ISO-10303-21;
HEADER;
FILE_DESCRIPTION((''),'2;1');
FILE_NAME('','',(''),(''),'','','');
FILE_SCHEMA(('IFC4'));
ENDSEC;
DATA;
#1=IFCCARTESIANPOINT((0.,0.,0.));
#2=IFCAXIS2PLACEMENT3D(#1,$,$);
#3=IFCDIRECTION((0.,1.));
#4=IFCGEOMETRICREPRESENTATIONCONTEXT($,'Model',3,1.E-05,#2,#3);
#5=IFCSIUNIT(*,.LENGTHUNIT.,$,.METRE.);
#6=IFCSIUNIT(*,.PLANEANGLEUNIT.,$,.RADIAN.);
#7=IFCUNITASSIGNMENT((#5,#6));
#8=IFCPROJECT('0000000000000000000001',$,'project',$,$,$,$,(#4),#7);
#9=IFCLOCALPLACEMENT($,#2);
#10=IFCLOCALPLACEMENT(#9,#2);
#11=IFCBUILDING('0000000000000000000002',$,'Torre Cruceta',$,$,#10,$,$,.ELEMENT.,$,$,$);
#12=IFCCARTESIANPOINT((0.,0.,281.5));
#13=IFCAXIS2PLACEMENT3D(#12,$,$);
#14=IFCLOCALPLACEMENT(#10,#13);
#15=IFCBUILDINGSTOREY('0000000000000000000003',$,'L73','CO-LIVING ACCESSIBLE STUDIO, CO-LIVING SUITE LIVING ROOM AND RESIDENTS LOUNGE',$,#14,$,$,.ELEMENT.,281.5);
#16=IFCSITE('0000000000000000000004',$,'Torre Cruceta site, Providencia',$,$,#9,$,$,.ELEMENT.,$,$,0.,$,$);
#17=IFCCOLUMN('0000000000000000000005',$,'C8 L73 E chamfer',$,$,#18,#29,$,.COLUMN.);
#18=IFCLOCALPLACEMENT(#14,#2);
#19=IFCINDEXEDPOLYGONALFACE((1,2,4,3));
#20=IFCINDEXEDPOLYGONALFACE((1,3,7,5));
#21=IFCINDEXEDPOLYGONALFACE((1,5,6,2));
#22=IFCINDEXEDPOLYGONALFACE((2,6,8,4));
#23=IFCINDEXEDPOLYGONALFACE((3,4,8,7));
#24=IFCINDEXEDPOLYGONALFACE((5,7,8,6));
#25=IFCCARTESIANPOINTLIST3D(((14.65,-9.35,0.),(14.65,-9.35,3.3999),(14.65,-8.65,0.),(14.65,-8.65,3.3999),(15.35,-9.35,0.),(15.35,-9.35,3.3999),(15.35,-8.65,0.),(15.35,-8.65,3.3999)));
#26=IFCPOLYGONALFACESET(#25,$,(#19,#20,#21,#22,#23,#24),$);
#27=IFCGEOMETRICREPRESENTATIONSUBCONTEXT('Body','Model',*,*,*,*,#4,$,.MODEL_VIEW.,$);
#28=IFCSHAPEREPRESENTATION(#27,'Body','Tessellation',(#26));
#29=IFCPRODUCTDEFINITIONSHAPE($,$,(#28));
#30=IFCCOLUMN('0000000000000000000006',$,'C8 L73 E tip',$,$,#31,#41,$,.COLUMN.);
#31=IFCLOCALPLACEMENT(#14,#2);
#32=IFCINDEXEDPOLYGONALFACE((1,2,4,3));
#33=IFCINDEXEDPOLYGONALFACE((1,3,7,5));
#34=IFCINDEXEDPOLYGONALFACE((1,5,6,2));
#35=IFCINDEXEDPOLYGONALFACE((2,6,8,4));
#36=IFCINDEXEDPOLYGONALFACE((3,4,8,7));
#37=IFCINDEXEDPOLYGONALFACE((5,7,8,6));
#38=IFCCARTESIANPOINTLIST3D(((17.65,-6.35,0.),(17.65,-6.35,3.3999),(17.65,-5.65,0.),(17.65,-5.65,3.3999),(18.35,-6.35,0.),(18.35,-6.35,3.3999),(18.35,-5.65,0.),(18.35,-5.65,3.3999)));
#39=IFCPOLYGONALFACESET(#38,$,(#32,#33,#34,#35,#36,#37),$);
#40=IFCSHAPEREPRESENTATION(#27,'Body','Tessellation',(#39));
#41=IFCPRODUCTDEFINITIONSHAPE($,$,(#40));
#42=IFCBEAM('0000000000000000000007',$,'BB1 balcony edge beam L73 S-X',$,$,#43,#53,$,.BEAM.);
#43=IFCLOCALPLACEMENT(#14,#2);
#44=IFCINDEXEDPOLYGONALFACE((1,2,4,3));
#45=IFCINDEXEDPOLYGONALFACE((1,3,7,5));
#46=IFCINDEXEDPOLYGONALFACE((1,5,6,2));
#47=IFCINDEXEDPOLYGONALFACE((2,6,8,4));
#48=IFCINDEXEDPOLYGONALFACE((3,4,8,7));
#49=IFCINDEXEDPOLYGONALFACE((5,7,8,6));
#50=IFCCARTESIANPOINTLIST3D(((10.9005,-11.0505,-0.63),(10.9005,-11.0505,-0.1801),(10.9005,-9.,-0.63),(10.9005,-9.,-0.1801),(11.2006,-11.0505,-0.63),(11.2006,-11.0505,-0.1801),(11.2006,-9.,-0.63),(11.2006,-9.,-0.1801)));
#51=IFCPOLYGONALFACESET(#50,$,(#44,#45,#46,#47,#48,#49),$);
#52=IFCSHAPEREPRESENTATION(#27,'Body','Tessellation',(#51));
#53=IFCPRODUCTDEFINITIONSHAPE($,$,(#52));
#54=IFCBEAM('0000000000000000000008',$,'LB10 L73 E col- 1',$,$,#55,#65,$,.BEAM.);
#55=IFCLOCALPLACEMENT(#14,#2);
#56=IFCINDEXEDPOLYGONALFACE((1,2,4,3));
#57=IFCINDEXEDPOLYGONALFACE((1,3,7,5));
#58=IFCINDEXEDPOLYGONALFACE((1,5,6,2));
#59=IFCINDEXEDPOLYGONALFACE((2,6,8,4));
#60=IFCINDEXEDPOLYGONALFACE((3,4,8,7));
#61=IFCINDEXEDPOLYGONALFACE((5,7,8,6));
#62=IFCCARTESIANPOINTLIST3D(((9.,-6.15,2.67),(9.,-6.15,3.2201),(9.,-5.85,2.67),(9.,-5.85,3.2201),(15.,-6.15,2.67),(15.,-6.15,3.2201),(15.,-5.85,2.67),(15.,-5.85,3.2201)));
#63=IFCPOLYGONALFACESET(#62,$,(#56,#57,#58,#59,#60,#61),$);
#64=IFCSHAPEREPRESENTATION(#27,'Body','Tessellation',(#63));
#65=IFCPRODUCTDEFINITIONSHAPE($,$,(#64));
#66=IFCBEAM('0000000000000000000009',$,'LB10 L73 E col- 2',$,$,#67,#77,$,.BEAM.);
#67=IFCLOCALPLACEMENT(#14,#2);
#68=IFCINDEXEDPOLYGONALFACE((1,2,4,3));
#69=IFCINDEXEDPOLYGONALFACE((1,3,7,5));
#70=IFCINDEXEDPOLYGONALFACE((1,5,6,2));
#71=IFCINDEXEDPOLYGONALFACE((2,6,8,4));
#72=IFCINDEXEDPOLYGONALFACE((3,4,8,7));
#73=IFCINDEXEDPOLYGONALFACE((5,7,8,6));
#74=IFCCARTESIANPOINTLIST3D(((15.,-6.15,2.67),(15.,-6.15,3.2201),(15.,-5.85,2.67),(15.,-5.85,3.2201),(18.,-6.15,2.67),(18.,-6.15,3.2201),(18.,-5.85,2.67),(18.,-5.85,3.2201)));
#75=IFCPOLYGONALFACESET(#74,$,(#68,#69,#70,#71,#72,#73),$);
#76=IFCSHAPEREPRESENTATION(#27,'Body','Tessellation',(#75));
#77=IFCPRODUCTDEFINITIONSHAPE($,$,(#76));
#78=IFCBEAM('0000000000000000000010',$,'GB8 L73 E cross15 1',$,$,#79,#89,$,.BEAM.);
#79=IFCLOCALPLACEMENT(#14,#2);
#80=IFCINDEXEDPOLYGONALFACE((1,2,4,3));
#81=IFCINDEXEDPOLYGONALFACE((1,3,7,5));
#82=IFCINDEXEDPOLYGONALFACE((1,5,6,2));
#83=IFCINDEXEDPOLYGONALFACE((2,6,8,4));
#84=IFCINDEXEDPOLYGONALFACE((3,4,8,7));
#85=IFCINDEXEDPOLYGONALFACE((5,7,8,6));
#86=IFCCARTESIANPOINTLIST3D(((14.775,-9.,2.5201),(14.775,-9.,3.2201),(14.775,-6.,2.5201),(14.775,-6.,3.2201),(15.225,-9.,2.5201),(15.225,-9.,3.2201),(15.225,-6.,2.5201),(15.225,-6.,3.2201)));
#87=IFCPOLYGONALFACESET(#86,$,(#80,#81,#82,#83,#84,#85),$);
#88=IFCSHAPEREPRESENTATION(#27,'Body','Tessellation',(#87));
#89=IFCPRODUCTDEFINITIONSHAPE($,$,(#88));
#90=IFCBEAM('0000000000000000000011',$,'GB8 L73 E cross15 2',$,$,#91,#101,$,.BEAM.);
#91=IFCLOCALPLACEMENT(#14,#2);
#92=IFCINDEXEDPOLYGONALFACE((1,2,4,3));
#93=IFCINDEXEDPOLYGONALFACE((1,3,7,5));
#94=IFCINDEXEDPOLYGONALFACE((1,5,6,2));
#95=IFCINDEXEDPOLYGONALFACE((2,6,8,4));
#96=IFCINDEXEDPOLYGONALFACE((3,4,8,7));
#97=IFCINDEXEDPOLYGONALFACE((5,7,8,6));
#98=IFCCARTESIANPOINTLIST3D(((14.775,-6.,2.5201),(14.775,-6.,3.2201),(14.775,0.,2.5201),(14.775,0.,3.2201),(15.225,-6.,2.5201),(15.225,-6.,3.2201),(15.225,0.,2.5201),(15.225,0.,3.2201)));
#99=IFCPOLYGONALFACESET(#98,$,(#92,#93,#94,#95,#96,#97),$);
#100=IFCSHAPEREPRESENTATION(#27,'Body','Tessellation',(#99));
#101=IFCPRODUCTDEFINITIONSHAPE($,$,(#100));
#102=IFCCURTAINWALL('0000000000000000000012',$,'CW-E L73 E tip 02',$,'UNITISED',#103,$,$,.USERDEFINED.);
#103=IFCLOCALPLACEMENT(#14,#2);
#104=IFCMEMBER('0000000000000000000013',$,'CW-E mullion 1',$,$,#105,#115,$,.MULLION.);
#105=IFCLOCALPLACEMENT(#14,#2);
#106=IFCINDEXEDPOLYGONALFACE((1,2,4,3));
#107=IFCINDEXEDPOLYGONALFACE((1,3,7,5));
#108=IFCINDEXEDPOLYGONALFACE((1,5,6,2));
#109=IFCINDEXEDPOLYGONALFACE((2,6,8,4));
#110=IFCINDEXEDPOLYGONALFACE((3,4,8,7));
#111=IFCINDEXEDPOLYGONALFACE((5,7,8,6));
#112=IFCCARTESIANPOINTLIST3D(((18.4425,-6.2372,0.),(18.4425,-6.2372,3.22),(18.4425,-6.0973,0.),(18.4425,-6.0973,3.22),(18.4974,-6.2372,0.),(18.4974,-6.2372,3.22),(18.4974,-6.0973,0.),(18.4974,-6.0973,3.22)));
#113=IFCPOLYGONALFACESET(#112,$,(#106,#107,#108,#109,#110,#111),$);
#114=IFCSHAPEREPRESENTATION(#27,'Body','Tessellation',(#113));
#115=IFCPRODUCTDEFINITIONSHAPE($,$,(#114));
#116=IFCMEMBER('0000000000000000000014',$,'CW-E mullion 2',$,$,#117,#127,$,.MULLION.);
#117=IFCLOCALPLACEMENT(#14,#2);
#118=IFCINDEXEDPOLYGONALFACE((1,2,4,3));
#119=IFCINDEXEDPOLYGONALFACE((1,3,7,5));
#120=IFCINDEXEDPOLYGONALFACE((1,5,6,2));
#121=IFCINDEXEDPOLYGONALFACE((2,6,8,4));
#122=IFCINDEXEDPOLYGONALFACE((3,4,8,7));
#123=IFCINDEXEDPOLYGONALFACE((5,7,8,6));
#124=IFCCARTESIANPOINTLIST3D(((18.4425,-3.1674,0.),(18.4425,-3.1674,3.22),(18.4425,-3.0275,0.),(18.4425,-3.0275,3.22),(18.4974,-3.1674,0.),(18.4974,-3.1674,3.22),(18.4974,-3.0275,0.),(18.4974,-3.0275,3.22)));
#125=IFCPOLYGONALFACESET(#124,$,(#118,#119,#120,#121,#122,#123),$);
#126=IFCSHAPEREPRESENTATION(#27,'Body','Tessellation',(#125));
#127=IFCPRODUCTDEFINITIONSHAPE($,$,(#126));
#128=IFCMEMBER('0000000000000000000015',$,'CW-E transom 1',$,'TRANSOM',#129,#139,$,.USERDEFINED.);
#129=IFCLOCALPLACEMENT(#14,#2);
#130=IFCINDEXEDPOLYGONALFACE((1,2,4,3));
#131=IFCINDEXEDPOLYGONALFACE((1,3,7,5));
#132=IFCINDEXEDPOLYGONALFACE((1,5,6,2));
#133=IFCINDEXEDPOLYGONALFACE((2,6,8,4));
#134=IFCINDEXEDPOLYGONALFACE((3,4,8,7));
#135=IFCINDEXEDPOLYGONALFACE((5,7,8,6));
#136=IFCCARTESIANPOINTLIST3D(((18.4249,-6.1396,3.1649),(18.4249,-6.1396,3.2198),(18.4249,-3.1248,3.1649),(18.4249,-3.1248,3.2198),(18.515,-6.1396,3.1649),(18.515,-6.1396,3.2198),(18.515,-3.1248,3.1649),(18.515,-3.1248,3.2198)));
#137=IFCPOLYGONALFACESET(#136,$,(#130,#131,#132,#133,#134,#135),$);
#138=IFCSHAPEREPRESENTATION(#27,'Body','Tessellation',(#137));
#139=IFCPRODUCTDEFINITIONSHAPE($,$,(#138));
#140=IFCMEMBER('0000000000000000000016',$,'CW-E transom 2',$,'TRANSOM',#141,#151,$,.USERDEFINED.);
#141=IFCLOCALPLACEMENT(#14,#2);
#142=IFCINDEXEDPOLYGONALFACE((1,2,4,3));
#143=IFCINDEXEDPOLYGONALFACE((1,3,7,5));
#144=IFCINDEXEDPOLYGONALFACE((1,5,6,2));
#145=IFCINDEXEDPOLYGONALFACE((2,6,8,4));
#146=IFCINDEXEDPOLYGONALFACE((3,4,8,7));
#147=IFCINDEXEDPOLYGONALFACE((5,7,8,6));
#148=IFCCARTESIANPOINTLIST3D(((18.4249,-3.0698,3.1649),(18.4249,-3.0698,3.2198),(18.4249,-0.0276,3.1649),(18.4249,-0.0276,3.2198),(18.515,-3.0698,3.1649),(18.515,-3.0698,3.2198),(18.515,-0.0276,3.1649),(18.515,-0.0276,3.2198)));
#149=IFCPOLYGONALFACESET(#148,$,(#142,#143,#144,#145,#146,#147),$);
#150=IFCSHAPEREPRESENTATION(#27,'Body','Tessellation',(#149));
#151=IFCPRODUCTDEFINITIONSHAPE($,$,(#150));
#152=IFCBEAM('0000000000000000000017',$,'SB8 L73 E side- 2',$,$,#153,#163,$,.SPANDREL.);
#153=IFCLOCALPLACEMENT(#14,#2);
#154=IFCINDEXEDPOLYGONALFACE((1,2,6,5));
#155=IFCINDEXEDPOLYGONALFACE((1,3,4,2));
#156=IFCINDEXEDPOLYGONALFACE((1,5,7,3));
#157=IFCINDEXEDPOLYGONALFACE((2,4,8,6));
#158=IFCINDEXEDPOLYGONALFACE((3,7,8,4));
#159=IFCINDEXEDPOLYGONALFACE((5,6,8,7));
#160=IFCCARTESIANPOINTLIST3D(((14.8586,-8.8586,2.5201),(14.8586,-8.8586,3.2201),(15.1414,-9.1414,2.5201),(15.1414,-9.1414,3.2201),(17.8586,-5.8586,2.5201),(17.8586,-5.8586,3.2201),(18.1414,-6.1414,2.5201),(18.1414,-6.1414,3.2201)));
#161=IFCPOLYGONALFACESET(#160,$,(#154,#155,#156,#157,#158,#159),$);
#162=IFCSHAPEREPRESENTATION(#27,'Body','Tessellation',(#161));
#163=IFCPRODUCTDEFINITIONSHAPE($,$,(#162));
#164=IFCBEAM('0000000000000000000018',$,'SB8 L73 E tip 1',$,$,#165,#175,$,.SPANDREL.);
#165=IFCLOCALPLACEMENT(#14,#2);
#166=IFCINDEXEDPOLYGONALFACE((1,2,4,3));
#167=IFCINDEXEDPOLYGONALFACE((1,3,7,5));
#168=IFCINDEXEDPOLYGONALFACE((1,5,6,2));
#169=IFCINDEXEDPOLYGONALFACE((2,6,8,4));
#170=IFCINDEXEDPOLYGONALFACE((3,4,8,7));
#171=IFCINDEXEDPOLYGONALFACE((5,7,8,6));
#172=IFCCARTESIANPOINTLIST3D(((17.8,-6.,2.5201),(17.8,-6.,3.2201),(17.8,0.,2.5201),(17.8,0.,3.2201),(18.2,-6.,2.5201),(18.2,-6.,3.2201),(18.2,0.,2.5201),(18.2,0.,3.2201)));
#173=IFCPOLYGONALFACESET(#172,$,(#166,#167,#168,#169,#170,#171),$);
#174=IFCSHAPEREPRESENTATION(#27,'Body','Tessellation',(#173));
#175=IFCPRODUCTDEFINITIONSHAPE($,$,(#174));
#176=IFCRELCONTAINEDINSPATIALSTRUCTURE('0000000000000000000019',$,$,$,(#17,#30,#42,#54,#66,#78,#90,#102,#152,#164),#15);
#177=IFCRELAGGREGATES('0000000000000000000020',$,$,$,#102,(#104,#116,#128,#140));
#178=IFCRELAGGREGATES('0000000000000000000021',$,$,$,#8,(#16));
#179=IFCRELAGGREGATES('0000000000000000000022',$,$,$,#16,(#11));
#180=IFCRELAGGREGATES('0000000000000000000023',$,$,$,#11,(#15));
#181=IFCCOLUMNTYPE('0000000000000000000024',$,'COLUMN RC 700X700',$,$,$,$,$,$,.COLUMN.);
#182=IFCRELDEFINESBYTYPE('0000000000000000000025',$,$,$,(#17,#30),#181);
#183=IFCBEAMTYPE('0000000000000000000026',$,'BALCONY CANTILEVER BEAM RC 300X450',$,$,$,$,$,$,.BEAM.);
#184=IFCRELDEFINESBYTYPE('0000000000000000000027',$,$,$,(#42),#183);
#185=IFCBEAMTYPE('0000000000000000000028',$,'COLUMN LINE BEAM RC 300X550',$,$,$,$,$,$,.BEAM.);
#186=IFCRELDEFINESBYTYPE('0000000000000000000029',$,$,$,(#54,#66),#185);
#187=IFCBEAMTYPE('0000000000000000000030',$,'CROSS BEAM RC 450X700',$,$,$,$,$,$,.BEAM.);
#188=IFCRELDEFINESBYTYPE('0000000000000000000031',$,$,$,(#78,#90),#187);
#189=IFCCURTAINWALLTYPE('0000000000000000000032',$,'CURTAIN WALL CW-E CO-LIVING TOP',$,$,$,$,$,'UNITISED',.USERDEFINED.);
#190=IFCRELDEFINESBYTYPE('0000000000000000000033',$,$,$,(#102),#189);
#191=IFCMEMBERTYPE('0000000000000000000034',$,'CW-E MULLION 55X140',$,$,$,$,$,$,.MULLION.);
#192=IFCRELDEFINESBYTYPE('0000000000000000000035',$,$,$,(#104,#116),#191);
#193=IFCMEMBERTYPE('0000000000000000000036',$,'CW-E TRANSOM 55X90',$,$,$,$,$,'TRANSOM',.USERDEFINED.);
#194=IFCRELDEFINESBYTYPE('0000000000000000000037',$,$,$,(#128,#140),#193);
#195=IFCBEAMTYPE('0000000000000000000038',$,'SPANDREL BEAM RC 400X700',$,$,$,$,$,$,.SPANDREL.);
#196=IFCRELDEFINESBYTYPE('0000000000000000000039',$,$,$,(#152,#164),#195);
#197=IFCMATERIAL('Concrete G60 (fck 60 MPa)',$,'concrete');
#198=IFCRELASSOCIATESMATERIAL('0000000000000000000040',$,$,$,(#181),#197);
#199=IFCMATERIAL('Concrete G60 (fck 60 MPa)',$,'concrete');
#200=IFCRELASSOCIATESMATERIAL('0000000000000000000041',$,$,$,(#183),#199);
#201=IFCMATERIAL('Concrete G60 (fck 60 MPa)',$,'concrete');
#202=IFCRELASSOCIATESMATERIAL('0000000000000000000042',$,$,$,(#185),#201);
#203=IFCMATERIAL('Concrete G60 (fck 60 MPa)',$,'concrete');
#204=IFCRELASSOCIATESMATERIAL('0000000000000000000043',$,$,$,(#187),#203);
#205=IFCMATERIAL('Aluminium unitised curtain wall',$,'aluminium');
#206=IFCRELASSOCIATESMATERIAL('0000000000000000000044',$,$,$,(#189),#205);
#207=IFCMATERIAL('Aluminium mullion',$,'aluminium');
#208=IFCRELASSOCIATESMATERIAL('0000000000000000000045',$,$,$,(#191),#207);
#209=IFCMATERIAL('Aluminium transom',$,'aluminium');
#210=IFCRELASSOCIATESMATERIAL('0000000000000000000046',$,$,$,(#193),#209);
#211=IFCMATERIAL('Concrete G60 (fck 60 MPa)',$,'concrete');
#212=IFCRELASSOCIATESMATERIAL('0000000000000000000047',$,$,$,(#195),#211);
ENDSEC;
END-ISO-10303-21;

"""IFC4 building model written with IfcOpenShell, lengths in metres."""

from ifc_helpers import new_model, si_unit, direction, frame, origin, origin_2d, place, context, subcontext, project, spatial, rectangle, extrude, material, material_profile, profile_set, type_object, element, aggregate, save


model = new_model("IFC4")

# Units and contexts
model_context = context("Model", 3, precision=1e-05, world=origin(), true_north=direction((0.0, 1.0)))
body_context = subcontext(model_context, "Body", "Model", "MODEL_VIEW")
ifc_project = project(units=[si_unit("LENGTHUNIT", "METRE"), si_unit("PLANEANGLEUNIT", "RADIAN")], contexts=[model_context])

# Site, building, storey
site_placement = place(None, origin())
site = spatial("IfcSite", under=ifc_project, at=site_placement, Name="Torre Cruceta site, Providencia", CompositionType="ELEMENT", RefElevation=0.0)
building_placement = place(site_placement, origin())
building = spatial("IfcBuilding", under=site, at=building_placement, Name="Torre Cruceta", CompositionType="ELEMENT")
storey_placement = place(building_placement, frame((0.0, 0.0, 281.5)))
storey = spatial("IfcBuildingStorey", under=building, at=storey_placement, Name="L73", Description="CO-LIVING ACCESSIBLE STUDIO, CO-LIVING SUITE LIVING ROOM AND RESIDENTS LOUNGE", CompositionType="ELEMENT", Elevation=281.5)

# Columns
ifc_material_1 = material(Name="Concrete G60 (fck 60 MPa)", Category="concrete")
ifc_material_profile_1 = material_profile(ifc_material_1, rectangle(XDim=0.7, YDim=0.7, at=origin_2d()), Name="RC 700X700")
ifc_profile_set_1 = profile_set([ifc_material_profile_1], Name="Concrete G60 (fck 60 MPa)")
column_type = type_object("IfcColumnType", Name="COLUMN RC 700X700", PredefinedType="COLUMN", material=ifc_profile_set_1)
for number, where, z_axis, x_axis, name in (
    (1, (15.0, -9.0, 0.0), (0.0, 0.0, 1.0), (1.0, 0.0, 0.0), "C8 L73 E chamfer"),
    (2, (18.0, -6.0, 0.0), (0.0, 0.0, 1.0), (1.0, 0.0, 0.0), "C8 L73 E tip"),
):
    element("IfcColumn", number, at=place(storey_placement, frame(where, z_axis=z_axis, x_axis=x_axis)), inside=storey, type_object=column_type, Name=name, PredefinedType="COLUMN", context=body_context, shape_type="SweptSolid", body=[
        extrude(rectangle(XDim=0.7, YDim=0.7, at=origin_2d()), origin(), (0.0, 0.0, 1.0), 3.3999),
    ])

# Beams
ifc_material_2 = material(Name="Concrete G60 (fck 60 MPa)", Category="concrete")
ifc_material_profile_2 = material_profile(ifc_material_2, rectangle(XDim=0.3, YDim=0.45, at=origin_2d()), Name="RC 300X450")
ifc_profile_set_2 = profile_set([ifc_material_profile_2], Name="Concrete G60 (fck 60 MPa)")
beam_type_1 = type_object("IfcBeamType", Name="BALCONY CANTILEVER BEAM RC 300X450", PredefinedType="BEAM", material=ifc_profile_set_2)
beam_1_placement = place(storey_placement, frame((11.0505, -9.0, -0.405), z_axis=(0.0, -1.0, 0.0), x_axis=(1.0, 0.0, 0.0)))
element("IfcBeam", 3, at=beam_1_placement, inside=storey, type_object=beam_type_1, Name="BB1 balcony edge beam L73 S-X", PredefinedType="BEAM", context=body_context, shape_type="SweptSolid", body=[
    extrude(rectangle(XDim=0.3, YDim=0.45, at=origin_2d()), origin(), (0.0, 0.0, 1.0), 2.0505),
])
ifc_material_3 = material(Name="Concrete G60 (fck 60 MPa)", Category="concrete")
ifc_material_profile_3 = material_profile(ifc_material_3, rectangle(XDim=0.3, YDim=0.55, at=origin_2d()), Name="RC 300X550")
ifc_profile_set_3 = profile_set([ifc_material_profile_3], Name="Concrete G60 (fck 60 MPa)")
beam_type_2 = type_object("IfcBeamType", Name="COLUMN LINE BEAM RC 300X550", PredefinedType="BEAM", material=ifc_profile_set_3)
beam_2_placement = place(storey_placement, frame((9.0, -6.0, 2.9451), z_axis=(1.0, 0.0, 0.0), x_axis=(0.0, 1.0, 0.0)))
element("IfcBeam", 4, at=beam_2_placement, inside=storey, type_object=beam_type_2, Name="LB10 L73 E col- 1", PredefinedType="BEAM", context=body_context, shape_type="SweptSolid", body=[
    extrude(rectangle(XDim=0.3, YDim=0.55, at=origin_2d()), origin(), (0.0, 0.0, 1.0), 6.0),
])
beam_3_placement = place(storey_placement, frame((15.0, -6.0, 2.9451), z_axis=(1.0, 0.0, 0.0), x_axis=(0.0, 1.0, 0.0)))
element("IfcBeam", 5, at=beam_3_placement, inside=storey, type_object=beam_type_2, Name="LB10 L73 E col- 2", PredefinedType="BEAM", context=body_context, shape_type="SweptSolid", body=[
    extrude(rectangle(XDim=0.3, YDim=0.55, at=origin_2d()), origin(), (0.0, 0.0, 1.0), 3.0),
])
ifc_material_4 = material(Name="Concrete G60 (fck 60 MPa)", Category="concrete")
ifc_material_profile_4 = material_profile(ifc_material_4, rectangle(XDim=0.45, YDim=0.7, at=origin_2d()), Name="RC 450X700")
ifc_profile_set_4 = profile_set([ifc_material_profile_4], Name="Concrete G60 (fck 60 MPa)")
beam_type_3 = type_object("IfcBeamType", Name="CROSS BEAM RC 450X700", PredefinedType="BEAM", material=ifc_profile_set_4)
beam_4_placement = place(storey_placement, frame((15.0, -9.0, 2.8701), z_axis=(0.0, 1.0, 0.0), x_axis=(-1.0, 0.0, 0.0)))
element("IfcBeam", 6, at=beam_4_placement, inside=storey, type_object=beam_type_3, Name="GB8 L73 E cross15 1", PredefinedType="BEAM", context=body_context, shape_type="SweptSolid", body=[
    extrude(rectangle(XDim=0.45, YDim=0.7, at=origin_2d()), origin(), (0.0, 0.0, 1.0), 3.0),
])
beam_5_placement = place(storey_placement, frame((15.0, -6.0, 2.8701), z_axis=(0.0, 1.0, 0.0), x_axis=(-1.0, 0.0, 0.0)))
element("IfcBeam", 7, at=beam_5_placement, inside=storey, type_object=beam_type_3, Name="GB8 L73 E cross15 2", PredefinedType="BEAM", context=body_context, shape_type="SweptSolid", body=[
    extrude(rectangle(XDim=0.45, YDim=0.7, at=origin_2d()), origin(), (0.0, 0.0, 1.0), 6.0),
])

# Curtain wall, members
ifc_material_5 = material(Name="Aluminium unitised curtain wall", Category="aluminium")
curtain_wall_type = type_object("IfcCurtainWallType", Name="CURTAIN WALL CW-E CO-LIVING TOP", ElementType="UNITISED", PredefinedType="USERDEFINED", material=ifc_material_5)
curtain_wall_placement = place(storey_placement, origin())
curtain_wall = element("IfcCurtainWall", 8, at=curtain_wall_placement, inside=storey, type_object=curtain_wall_type, Name="CW-E L73 E tip 02", ObjectType="UNITISED", PredefinedType="USERDEFINED")
ifc_material_6 = material(Name="Aluminium mullion", Category="aluminium")
ifc_material_profile_5 = material_profile(ifc_material_6, rectangle(XDim=0.0549, YDim=0.1399, at=origin_2d()), Name="AL 55X140")
ifc_profile_set_5 = profile_set([ifc_material_profile_5], Name="Aluminium mullion")
member_type_1 = type_object("IfcMemberType", Name="CW-E MULLION 55X140", PredefinedType="MULLION", material=ifc_profile_set_5)
member_1_placement = place(storey_placement, frame((18.47, -6.1672, 0.0), z_axis=(0.0, 0.0, 1.0), x_axis=(-1.0, 0.0, 0.0)))
member_1 = element("IfcMember", 9, at=member_1_placement, type_object=member_type_1, Name="CW-E mullion 1", PredefinedType="MULLION", context=body_context, shape_type="SweptSolid", body=[
    extrude(rectangle(XDim=0.0549, YDim=0.1399, at=origin_2d()), origin(), (0.0, 0.0, 1.0), 3.22),
])
member_2_placement = place(storey_placement, frame((18.47, -3.0974, 0.0), z_axis=(0.0, 0.0, 1.0), x_axis=(-1.0, 0.0, 0.0)))
member_2 = element("IfcMember", 10, at=member_2_placement, type_object=member_type_1, Name="CW-E mullion 2", PredefinedType="MULLION", context=body_context, shape_type="SweptSolid", body=[
    extrude(rectangle(XDim=0.0549, YDim=0.1399, at=origin_2d()), origin(), (0.0, 0.0, 1.0), 3.22),
])
ifc_material_7 = material(Name="Aluminium transom", Category="aluminium")
ifc_material_profile_6 = material_profile(ifc_material_7, rectangle(XDim=0.0901, YDim=0.0549, at=origin_2d()), Name="AL 90X55")
ifc_profile_set_6 = profile_set([ifc_material_profile_6], Name="Aluminium transom")
member_type_2 = type_object("IfcMemberType", Name="CW-E TRANSOM 55X90", ElementType="TRANSOM", PredefinedType="USERDEFINED", material=ifc_profile_set_6)
member_3_placement = place(storey_placement, frame((18.47, -6.1396, 3.1924), z_axis=(0.0, 1.0, 0.0), x_axis=(-1.0, 0.0, 0.0)))
member_3 = element("IfcMember", 11, at=member_3_placement, type_object=member_type_2, Name="CW-E transom 1", ObjectType="TRANSOM", PredefinedType="USERDEFINED", context=body_context, shape_type="SweptSolid", body=[
    extrude(rectangle(XDim=0.0901, YDim=0.0549, at=origin_2d()), origin(), (0.0, 0.0, 1.0), 3.0149),
])
member_4_placement = place(storey_placement, frame((18.47, -3.0698, 3.1924), z_axis=(0.0, 1.0, 0.0), x_axis=(-1.0, 0.0, 0.0)))
member_4 = element("IfcMember", 12, at=member_4_placement, type_object=member_type_2, Name="CW-E transom 2", ObjectType="TRANSOM", PredefinedType="USERDEFINED", context=body_context, shape_type="SweptSolid", body=[
    extrude(rectangle(XDim=0.0901, YDim=0.0549, at=origin_2d()), origin(), (0.0, 0.0, 1.0), 3.0422),
])

# Beams
ifc_material_8 = material(Name="Concrete G60 (fck 60 MPa)", Category="concrete")
ifc_material_profile_7 = material_profile(ifc_material_8, rectangle(XDim=0.3999, YDim=0.7, at=origin_2d()), Name="RC 400X700")
ifc_profile_set_7 = profile_set([ifc_material_profile_7], Name="Concrete G60 (fck 60 MPa)")
beam_type_4 = type_object("IfcBeamType", Name="SPANDREL BEAM RC 400X700", PredefinedType="SPANDREL", material=ifc_profile_set_7)
beam_6_placement = place(storey_placement, frame((15.0, -9.0, 2.8701), z_axis=(0.707107, 0.707107, 0.0), x_axis=(-0.707107, 0.707107, 0.0)))
element("IfcBeam", 13, at=beam_6_placement, inside=storey, type_object=beam_type_4, Name="SB8 L73 E side- 2", PredefinedType="SPANDREL", context=body_context, shape_type="SweptSolid", body=[
    extrude(rectangle(XDim=0.3999, YDim=0.7, at=origin_2d()), origin(), (0.0, 0.0, 1.0), 4.2427),
])
beam_7_placement = place(storey_placement, frame((18.0, -6.0, 2.8701), z_axis=(0.0, 1.0, 0.0), x_axis=(-1.0, 0.0, 0.0)))
element("IfcBeam", 14, at=beam_7_placement, inside=storey, type_object=beam_type_4, Name="SB8 L73 E tip 1", PredefinedType="SPANDREL", context=body_context, shape_type="SweptSolid", body=[
    extrude(rectangle(XDim=0.3999, YDim=0.7, at=origin_2d()), origin(), (0.0, 0.0, 1.0), 6.0),
])

aggregate(curtain_wall, [member_1, member_2, member_3, member_4])

save(model, "model.ifc")
